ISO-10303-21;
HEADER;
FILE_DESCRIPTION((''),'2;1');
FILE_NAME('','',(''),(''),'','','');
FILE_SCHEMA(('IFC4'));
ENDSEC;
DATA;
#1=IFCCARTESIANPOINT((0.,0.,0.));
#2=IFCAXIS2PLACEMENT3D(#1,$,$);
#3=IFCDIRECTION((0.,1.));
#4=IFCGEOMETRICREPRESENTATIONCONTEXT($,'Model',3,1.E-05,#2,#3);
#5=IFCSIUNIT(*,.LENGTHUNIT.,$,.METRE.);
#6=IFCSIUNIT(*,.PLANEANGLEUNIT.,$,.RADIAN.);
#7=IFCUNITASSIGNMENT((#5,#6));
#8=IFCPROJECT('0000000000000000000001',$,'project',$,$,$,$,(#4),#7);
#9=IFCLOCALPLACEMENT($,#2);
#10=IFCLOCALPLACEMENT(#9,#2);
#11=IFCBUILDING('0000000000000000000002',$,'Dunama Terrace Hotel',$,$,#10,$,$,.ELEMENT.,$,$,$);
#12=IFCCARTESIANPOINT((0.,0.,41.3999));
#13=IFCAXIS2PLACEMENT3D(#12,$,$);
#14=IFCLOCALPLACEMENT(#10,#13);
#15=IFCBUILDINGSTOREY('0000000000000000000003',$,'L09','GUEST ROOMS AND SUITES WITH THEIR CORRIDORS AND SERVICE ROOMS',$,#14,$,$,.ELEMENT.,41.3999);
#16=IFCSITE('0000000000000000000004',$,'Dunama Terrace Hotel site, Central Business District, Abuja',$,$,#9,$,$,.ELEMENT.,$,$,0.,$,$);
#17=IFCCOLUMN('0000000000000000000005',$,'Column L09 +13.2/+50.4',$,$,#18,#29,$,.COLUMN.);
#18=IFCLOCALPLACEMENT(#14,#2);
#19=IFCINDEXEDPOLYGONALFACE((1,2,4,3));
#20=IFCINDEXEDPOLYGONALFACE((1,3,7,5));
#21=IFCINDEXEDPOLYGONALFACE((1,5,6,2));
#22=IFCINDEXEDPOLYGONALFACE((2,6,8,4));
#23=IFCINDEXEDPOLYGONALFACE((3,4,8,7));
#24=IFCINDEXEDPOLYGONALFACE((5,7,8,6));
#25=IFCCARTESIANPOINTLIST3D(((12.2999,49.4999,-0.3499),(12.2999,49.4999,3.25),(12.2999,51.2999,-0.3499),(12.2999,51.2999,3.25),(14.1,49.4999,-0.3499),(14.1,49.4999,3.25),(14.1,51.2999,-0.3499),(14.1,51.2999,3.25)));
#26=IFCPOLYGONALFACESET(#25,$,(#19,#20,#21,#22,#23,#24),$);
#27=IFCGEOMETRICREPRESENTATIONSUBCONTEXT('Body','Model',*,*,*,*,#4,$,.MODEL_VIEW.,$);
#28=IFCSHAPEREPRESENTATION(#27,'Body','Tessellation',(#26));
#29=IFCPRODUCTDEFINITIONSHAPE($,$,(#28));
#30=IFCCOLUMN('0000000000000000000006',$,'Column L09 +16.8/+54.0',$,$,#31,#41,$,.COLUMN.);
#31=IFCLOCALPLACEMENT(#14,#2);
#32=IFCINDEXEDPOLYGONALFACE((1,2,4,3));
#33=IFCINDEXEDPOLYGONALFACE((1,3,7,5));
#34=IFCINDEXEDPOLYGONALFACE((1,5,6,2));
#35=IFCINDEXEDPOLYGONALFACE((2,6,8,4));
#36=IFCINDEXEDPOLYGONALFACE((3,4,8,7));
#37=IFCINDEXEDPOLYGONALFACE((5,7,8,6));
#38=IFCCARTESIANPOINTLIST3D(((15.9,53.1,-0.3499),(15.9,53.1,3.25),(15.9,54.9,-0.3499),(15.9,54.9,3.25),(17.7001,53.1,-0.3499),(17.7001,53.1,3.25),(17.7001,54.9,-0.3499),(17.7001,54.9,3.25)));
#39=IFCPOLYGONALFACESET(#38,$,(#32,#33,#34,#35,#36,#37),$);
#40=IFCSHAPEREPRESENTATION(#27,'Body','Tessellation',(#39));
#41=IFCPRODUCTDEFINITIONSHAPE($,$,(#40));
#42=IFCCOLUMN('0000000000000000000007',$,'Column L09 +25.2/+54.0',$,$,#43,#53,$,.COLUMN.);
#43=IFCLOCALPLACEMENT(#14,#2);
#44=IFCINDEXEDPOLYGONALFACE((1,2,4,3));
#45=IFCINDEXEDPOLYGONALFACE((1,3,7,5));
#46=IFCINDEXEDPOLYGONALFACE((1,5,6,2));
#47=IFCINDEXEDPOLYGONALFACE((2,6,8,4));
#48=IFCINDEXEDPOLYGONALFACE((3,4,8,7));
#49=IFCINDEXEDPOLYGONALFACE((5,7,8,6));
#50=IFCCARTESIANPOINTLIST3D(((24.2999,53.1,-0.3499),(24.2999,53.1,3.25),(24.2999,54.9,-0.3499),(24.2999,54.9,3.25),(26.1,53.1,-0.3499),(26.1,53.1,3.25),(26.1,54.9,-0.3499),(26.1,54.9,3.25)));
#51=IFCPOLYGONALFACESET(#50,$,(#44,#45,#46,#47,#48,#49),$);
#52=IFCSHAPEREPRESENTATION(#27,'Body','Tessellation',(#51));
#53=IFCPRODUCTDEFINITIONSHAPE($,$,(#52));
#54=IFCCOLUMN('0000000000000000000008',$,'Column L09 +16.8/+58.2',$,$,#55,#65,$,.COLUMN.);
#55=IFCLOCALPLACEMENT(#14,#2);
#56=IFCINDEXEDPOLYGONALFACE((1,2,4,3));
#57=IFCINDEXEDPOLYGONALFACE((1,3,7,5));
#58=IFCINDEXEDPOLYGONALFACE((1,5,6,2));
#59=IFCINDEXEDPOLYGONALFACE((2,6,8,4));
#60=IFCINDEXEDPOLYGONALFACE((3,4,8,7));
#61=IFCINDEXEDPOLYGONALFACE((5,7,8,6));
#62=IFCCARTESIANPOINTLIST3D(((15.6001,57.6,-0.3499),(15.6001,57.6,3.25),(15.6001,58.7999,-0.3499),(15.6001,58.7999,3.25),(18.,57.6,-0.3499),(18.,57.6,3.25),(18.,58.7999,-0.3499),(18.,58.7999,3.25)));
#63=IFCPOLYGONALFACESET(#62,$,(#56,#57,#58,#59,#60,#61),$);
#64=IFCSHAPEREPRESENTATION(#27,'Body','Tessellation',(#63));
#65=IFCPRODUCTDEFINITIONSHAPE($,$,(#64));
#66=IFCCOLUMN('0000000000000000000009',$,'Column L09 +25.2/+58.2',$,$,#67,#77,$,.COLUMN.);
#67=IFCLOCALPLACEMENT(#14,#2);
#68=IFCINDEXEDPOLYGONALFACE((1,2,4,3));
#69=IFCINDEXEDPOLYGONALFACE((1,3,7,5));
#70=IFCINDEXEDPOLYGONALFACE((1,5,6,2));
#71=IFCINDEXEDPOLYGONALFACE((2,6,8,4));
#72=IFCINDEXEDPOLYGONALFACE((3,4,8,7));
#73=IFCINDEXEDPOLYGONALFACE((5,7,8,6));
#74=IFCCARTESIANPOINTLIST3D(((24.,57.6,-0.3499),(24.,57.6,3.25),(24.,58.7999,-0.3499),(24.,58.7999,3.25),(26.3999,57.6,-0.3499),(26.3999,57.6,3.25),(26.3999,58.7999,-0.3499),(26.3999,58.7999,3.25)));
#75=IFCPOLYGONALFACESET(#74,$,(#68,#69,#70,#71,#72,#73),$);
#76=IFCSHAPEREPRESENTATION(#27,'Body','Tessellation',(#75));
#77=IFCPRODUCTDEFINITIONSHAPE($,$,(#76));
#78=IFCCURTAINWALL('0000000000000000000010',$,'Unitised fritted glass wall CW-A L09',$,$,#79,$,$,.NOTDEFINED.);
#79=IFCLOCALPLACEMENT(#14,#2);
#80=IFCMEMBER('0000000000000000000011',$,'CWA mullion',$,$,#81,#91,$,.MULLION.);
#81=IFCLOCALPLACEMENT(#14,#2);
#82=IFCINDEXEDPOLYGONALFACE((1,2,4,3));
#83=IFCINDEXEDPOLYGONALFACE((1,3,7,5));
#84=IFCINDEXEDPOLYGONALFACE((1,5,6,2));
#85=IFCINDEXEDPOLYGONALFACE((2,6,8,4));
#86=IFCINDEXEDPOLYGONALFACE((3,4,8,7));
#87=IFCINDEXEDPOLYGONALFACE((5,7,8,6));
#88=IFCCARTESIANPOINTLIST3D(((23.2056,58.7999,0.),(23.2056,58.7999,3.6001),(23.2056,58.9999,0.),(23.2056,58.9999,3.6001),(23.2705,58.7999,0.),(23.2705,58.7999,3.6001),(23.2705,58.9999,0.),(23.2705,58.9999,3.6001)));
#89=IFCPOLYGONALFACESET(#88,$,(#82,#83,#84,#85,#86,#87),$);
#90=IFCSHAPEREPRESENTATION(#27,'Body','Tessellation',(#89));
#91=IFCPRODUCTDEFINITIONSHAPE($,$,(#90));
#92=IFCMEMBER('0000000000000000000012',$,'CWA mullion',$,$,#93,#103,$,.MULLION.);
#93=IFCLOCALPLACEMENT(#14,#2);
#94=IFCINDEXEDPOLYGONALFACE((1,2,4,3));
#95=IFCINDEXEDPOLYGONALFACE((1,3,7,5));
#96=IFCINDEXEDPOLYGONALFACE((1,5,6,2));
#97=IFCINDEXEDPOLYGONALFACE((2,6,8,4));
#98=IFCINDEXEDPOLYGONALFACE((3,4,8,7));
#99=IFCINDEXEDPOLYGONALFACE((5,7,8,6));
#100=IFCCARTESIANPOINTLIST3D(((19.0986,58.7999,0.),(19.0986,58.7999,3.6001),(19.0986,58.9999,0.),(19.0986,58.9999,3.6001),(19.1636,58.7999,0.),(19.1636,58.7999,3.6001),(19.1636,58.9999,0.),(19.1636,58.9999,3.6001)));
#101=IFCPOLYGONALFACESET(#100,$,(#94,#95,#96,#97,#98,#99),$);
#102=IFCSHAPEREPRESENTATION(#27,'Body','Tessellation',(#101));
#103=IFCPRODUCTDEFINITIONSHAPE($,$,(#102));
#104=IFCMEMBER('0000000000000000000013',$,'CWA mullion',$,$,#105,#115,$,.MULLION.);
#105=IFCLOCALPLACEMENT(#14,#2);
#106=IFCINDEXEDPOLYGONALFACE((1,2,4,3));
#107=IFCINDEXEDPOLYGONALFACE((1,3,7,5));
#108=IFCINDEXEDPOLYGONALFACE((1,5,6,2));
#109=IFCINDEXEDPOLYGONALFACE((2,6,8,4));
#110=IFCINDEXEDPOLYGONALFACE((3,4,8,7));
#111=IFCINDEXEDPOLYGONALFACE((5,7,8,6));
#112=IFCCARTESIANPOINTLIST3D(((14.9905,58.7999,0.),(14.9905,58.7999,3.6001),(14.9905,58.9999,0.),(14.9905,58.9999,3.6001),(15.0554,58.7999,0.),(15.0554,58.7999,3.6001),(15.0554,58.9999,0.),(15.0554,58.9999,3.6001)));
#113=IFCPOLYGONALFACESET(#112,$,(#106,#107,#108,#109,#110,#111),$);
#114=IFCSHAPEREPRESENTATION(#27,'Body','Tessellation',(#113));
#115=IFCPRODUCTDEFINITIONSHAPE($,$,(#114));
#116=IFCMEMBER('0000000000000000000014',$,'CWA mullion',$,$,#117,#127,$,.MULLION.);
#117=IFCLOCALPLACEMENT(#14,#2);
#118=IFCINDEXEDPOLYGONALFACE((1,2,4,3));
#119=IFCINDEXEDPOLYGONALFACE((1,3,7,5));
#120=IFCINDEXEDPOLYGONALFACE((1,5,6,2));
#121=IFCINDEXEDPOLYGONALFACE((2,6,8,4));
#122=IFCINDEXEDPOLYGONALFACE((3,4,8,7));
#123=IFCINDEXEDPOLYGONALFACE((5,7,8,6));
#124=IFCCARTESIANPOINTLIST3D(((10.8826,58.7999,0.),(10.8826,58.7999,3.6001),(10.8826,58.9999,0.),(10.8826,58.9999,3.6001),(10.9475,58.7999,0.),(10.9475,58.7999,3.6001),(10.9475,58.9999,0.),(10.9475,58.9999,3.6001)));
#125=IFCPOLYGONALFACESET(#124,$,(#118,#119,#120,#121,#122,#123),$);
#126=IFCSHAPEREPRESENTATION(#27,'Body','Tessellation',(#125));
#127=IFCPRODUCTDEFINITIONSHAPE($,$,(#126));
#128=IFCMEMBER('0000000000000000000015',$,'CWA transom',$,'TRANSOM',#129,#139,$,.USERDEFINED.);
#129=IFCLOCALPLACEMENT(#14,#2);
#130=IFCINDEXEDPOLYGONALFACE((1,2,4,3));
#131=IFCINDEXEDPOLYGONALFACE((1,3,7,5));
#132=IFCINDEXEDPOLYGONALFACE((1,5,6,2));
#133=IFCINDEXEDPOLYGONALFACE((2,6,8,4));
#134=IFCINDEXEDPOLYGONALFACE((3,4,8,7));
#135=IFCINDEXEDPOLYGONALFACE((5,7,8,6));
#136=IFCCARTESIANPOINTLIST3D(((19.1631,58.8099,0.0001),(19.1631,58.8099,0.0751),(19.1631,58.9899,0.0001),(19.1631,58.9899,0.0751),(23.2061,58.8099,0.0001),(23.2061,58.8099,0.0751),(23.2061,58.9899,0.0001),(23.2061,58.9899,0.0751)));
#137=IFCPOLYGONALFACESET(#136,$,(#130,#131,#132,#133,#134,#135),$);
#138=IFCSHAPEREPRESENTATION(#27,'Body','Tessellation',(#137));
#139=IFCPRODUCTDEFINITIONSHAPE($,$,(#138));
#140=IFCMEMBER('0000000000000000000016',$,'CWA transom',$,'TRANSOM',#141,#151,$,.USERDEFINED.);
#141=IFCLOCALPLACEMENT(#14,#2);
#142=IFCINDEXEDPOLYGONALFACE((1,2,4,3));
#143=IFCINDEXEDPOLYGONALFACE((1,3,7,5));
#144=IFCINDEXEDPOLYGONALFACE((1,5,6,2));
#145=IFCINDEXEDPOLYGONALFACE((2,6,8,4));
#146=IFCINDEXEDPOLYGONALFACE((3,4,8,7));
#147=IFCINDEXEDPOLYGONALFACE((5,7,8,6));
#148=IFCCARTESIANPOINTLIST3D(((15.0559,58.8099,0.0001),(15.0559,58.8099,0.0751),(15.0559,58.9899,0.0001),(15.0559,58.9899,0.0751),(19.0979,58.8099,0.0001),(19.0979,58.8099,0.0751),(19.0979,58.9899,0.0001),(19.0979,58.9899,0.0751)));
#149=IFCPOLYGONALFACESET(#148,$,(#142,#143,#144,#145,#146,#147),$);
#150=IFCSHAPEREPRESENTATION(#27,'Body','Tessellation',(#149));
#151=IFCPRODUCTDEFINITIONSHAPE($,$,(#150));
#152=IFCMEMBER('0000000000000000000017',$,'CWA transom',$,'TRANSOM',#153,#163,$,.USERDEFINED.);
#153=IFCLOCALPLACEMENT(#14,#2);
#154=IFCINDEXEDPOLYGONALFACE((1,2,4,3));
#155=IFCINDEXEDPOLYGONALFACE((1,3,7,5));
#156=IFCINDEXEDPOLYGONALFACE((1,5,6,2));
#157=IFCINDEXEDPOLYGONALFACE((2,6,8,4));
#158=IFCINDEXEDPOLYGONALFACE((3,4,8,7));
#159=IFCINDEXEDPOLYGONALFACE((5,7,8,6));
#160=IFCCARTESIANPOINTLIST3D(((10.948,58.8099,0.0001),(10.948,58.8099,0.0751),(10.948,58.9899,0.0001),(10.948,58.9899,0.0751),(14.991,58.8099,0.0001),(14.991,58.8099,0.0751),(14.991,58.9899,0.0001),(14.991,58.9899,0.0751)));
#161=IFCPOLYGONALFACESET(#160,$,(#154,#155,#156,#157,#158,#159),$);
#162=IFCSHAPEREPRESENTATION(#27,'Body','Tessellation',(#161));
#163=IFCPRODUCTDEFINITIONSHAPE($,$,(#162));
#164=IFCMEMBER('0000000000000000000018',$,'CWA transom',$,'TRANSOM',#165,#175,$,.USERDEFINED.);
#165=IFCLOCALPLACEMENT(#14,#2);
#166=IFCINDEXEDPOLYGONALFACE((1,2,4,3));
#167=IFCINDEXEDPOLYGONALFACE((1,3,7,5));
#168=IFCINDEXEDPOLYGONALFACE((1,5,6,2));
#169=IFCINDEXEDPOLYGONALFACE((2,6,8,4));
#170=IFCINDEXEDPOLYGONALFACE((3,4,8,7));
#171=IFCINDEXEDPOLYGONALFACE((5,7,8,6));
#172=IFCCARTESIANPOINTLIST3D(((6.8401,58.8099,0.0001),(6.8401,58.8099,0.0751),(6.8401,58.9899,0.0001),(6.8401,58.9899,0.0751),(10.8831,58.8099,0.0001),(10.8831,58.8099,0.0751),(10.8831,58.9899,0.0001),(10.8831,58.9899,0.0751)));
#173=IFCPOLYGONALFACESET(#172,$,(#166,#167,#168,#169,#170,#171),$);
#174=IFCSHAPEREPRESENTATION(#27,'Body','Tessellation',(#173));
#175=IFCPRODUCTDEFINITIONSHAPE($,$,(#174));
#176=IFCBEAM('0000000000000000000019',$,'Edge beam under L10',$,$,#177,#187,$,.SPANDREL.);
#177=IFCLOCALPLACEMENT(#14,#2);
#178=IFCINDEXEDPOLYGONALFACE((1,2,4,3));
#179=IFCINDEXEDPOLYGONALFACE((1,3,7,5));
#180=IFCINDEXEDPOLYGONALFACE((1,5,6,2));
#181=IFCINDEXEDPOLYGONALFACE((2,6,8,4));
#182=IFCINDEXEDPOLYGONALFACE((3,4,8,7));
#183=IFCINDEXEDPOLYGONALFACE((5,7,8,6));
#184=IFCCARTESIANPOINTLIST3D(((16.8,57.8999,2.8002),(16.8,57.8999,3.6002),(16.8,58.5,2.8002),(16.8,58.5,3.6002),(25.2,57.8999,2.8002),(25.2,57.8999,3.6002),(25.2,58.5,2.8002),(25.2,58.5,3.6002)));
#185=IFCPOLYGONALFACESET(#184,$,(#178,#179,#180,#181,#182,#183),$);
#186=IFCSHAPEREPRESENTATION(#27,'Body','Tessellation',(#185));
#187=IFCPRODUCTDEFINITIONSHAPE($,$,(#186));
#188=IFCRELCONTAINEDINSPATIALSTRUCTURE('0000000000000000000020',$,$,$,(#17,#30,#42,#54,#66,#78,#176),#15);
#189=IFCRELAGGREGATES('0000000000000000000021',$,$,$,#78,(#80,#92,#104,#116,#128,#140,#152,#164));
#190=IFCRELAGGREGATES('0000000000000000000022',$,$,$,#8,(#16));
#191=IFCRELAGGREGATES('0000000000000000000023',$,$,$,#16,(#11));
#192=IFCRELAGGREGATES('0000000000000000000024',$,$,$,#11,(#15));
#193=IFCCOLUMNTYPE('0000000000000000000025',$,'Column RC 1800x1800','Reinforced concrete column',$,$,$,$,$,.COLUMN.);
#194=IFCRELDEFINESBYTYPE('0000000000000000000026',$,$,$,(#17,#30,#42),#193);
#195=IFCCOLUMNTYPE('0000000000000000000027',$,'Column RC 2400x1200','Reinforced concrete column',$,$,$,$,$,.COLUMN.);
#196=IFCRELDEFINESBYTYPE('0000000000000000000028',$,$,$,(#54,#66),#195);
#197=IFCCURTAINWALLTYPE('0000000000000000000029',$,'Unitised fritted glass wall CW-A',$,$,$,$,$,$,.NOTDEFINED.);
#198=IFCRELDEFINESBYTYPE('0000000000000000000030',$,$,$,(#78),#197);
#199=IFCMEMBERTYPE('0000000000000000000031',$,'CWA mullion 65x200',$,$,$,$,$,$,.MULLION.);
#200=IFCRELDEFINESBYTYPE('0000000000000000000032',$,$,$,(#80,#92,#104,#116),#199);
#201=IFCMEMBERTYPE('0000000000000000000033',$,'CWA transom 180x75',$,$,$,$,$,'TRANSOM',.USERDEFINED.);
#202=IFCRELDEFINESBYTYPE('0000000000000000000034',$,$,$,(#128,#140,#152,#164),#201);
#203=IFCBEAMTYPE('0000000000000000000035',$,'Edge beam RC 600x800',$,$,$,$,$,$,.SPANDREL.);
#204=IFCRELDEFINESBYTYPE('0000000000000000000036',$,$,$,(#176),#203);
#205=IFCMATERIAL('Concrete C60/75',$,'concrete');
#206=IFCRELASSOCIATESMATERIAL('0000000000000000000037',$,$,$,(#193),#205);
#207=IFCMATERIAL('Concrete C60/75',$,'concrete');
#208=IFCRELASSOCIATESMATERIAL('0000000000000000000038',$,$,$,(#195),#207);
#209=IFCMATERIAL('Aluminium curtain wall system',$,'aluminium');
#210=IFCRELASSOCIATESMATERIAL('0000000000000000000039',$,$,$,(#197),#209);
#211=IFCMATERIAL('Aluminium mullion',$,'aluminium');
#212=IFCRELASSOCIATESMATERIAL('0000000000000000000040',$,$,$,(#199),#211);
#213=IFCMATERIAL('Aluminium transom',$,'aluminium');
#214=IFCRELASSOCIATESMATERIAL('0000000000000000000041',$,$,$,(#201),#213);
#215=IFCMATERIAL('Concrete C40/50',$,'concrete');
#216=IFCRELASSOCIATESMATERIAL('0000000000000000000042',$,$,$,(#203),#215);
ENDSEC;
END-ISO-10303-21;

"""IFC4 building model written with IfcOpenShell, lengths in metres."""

from ifc_helpers import new_model, si_unit, direction, frame, origin, origin_2d, place, context, subcontext, project, spatial, rectangle, extrude, material, material_profile, profile_set, type_object, element, aggregate, save


model = new_model("IFC4")

# Units and contexts
model_context = context("Model", 3, precision=1e-05, world=origin(), true_north=direction((0.0, 1.0)))
body_context = subcontext(model_context, "Body", "Model", "MODEL_VIEW")
ifc_project = project(units=[si_unit("LENGTHUNIT", "METRE"), si_unit("PLANEANGLEUNIT", "RADIAN")], contexts=[model_context])

# Site, building, storey
site_placement = place(None, origin())
site = spatial("IfcSite", under=ifc_project, at=site_placement, Name="Dunama Terrace Hotel site, Central Business District, Abuja", CompositionType="ELEMENT", RefElevation=0.0)
building_placement = place(site_placement, origin())
building = spatial("IfcBuilding", under=site, at=building_placement, Name="Dunama Terrace Hotel", CompositionType="ELEMENT")
storey_placement = place(building_placement, frame((0.0, 0.0, 41.3999)))
storey = spatial("IfcBuildingStorey", under=building, at=storey_placement, Name="L09", Description="GUEST ROOMS AND SUITES WITH THEIR CORRIDORS AND SERVICE ROOMS", CompositionType="ELEMENT", Elevation=41.3999)

# Columns
ifc_material_1 = material(Name="Concrete C60/75", Category="concrete")
ifc_material_profile_1 = material_profile(ifc_material_1, rectangle(XDim=1.8, YDim=1.8, at=origin_2d()), Name="RC 1800x1800")
ifc_profile_set_1 = profile_set([ifc_material_profile_1], Name="Concrete C60/75")
column_type_1 = type_object("IfcColumnType", Name="Column RC 1800x1800", Description="Reinforced concrete column", PredefinedType="COLUMN", material=ifc_profile_set_1)
for number, where, z_axis, x_axis, name in (
    (1, (13.2, 50.3999, -0.3499), (0.0, 0.0, 1.0), (1.0, 0.0, 0.0), "Column L09 +13.2/+50.4"),
    (2, (16.8, 54.0, -0.3499), (0.0, 0.0, 1.0), (1.0, 0.0, 0.0), "Column L09 +16.8/+54.0"),
    (3, (25.2, 54.0, -0.3499), (0.0, 0.0, 1.0), (1.0, 0.0, 0.0), "Column L09 +25.2/+54.0"),
):
    element("IfcColumn", number, at=place(storey_placement, frame(where, z_axis=z_axis, x_axis=x_axis)), inside=storey, type_object=column_type_1, Name=name, PredefinedType="COLUMN", context=body_context, shape_type="SweptSolid", body=[
        extrude(rectangle(XDim=1.8, YDim=1.8, at=origin_2d()), origin(), (0.0, 0.0, 1.0), 3.5999),
    ])
ifc_material_2 = material(Name="Concrete C60/75", Category="concrete")
ifc_material_profile_2 = material_profile(ifc_material_2, rectangle(XDim=2.3999, YDim=1.2, at=origin_2d()), Name="RC 2400x1200")
ifc_profile_set_2 = profile_set([ifc_material_profile_2], Name="Concrete C60/75")
column_type_2 = type_object("IfcColumnType", Name="Column RC 2400x1200", Description="Reinforced concrete column", PredefinedType="COLUMN", material=ifc_profile_set_2)
for number, where, z_axis, x_axis, name in (
    (4, (16.8, 58.2, -0.3499), (0.0, 0.0, 1.0), (1.0, 0.0, 0.0), "Column L09 +16.8/+58.2"),
    (5, (25.2, 58.2, -0.3499), (0.0, 0.0, 1.0), (1.0, 0.0, 0.0), "Column L09 +25.2/+58.2"),
):
    element("IfcColumn", number, at=place(storey_placement, frame(where, z_axis=z_axis, x_axis=x_axis)), inside=storey, type_object=column_type_2, Name=name, PredefinedType="COLUMN", context=body_context, shape_type="SweptSolid", body=[
        extrude(rectangle(XDim=2.3999, YDim=1.2, at=origin_2d()), origin(), (0.0, 0.0, 1.0), 3.5999),
    ])

# Curtain wall, members
ifc_material_3 = material(Name="Aluminium curtain wall system", Category="aluminium")
curtain_wall_type = type_object("IfcCurtainWallType", Name="Unitised fritted glass wall CW-A", PredefinedType="NOTDEFINED", material=ifc_material_3)
curtain_wall_placement = place(storey_placement, origin())
curtain_wall = element("IfcCurtainWall", 6, at=curtain_wall_placement, inside=storey, type_object=curtain_wall_type, Name="Unitised fritted glass wall CW-A L09", PredefinedType="NOTDEFINED")
ifc_material_4 = material(Name="Aluminium mullion", Category="aluminium")
ifc_material_profile_3 = material_profile(ifc_material_4, rectangle(XDim=0.0649, YDim=0.2, at=origin_2d()), Name="CWA MULLION 65X200")
ifc_profile_set_3 = profile_set([ifc_material_profile_3], Name="Aluminium mullion")
member_type_1 = type_object("IfcMemberType", Name="CWA mullion 65x200", PredefinedType="MULLION", material=ifc_profile_set_3)
member_1_placement = place(storey_placement, frame((23.238, 58.8999, 0.0), z_axis=(0.0, 0.0, 1.0), x_axis=(-1.0, 0.0, 0.0)))
member_1 = element("IfcMember", 7, at=member_1_placement, type_object=member_type_1, Name="CWA mullion", PredefinedType="MULLION", context=body_context, shape_type="SweptSolid", body=[
    extrude(rectangle(XDim=0.0649, YDim=0.2, at=origin_2d()), origin(), (0.0, 0.0, 1.0), 3.6001),
])
member_2_placement = place(storey_placement, frame((19.1311, 58.8999, 0.0), z_axis=(0.0, 0.0, 1.0), x_axis=(-1.0, 0.0, 0.0)))
member_2 = element("IfcMember", 8, at=member_2_placement, type_object=member_type_1, Name="CWA mullion", PredefinedType="MULLION", context=body_context, shape_type="SweptSolid", body=[
    extrude(rectangle(XDim=0.0649, YDim=0.2, at=origin_2d()), origin(), (0.0, 0.0, 1.0), 3.6001),
])
member_3_placement = place(storey_placement, frame((15.0229, 58.8999, 0.0), z_axis=(0.0, 0.0, 1.0), x_axis=(-1.0, 0.0, 0.0)))
member_3 = element("IfcMember", 9, at=member_3_placement, type_object=member_type_1, Name="CWA mullion", PredefinedType="MULLION", context=body_context, shape_type="SweptSolid", body=[
    extrude(rectangle(XDim=0.0649, YDim=0.2, at=origin_2d()), origin(), (0.0, 0.0, 1.0), 3.6001),
])
member_4_placement = place(storey_placement, frame((10.915, 58.8999, 0.0), z_axis=(0.0, 0.0, 1.0), x_axis=(-1.0, 0.0, 0.0)))
member_4 = element("IfcMember", 10, at=member_4_placement, type_object=member_type_1, Name="CWA mullion", PredefinedType="MULLION", context=body_context, shape_type="SweptSolid", body=[
    extrude(rectangle(XDim=0.0649, YDim=0.2, at=origin_2d()), origin(), (0.0, 0.0, 1.0), 3.6001),
])
ifc_material_5 = material(Name="Aluminium transom", Category="aluminium")
ifc_material_profile_4 = material_profile(ifc_material_5, rectangle(XDim=0.1799, YDim=0.075, at=origin_2d()), Name="CWA TRANSOM 180X75")
ifc_profile_set_4 = profile_set([ifc_material_profile_4], Name="Aluminium transom")
member_type_2 = type_object("IfcMemberType", Name="CWA transom 180x75", ElementType="TRANSOM", PredefinedType="USERDEFINED", material=ifc_profile_set_4)
member_5_placement = place(storey_placement, frame((23.2061, 58.8999, 0.0376), z_axis=(-1.0, 0.0, 0.0), x_axis=(0.0, -1.0, 0.0)))
member_5 = element("IfcMember", 11, at=member_5_placement, type_object=member_type_2, Name="CWA transom", ObjectType="TRANSOM", PredefinedType="USERDEFINED", context=body_context, shape_type="SweptSolid", body=[
    extrude(rectangle(XDim=0.1799, YDim=0.075, at=origin_2d()), origin(), (0.0, 0.0, 1.0), 4.043),
])
member_6_placement = place(storey_placement, frame((19.0979, 58.8999, 0.0376), z_axis=(-1.0, 0.0, 0.0), x_axis=(0.0, -1.0, 0.0)))
member_6 = element("IfcMember", 12, at=member_6_placement, type_object=member_type_2, Name="CWA transom", ObjectType="TRANSOM", PredefinedType="USERDEFINED", context=body_context, shape_type="SweptSolid", body=[
    extrude(rectangle(XDim=0.1799, YDim=0.075, at=origin_2d()), origin(), (0.0, 0.0, 1.0), 4.042),
])
member_7_placement = place(storey_placement, frame((14.991, 58.8999, 0.0376), z_axis=(-1.0, 0.0, 0.0), x_axis=(0.0, -1.0, 0.0)))
member_7 = element("IfcMember", 13, at=member_7_placement, type_object=member_type_2, Name="CWA transom", ObjectType="TRANSOM", PredefinedType="USERDEFINED", context=body_context, shape_type="SweptSolid", body=[
    extrude(rectangle(XDim=0.1799, YDim=0.075, at=origin_2d()), origin(), (0.0, 0.0, 1.0), 4.043),
])
member_8_placement = place(storey_placement, frame((10.8831, 58.8999, 0.0376), z_axis=(-1.0, 0.0, 0.0), x_axis=(0.0, -1.0, 0.0)))
member_8 = element("IfcMember", 14, at=member_8_placement, type_object=member_type_2, Name="CWA transom", ObjectType="TRANSOM", PredefinedType="USERDEFINED", context=body_context, shape_type="SweptSolid", body=[
    extrude(rectangle(XDim=0.1799, YDim=0.075, at=origin_2d()), origin(), (0.0, 0.0, 1.0), 4.043),
])

# Beam
ifc_material_6 = material(Name="Concrete C40/50", Category="concrete")
ifc_material_profile_5 = material_profile(ifc_material_6, rectangle(XDim=0.6001, YDim=0.8, at=origin_2d()), Name="RC 600x800")
ifc_profile_set_5 = profile_set([ifc_material_profile_5], Name="Concrete C40/50")
beam_type = type_object("IfcBeamType", Name="Edge beam RC 600x800", PredefinedType="SPANDREL", material=ifc_profile_set_5)
beam_1_placement = place(storey_placement, frame((16.8, 58.2, 3.2002), z_axis=(1.0, 0.0, 0.0), x_axis=(0.0, 1.0, 0.0)))
element("IfcBeam", 15, at=beam_1_placement, inside=storey, type_object=beam_type, Name="Edge beam under L10", PredefinedType="SPANDREL", context=body_context, shape_type="SweptSolid", body=[
    extrude(rectangle(XDim=0.6001, YDim=0.8, at=origin_2d()), origin(), (0.0, 0.0, 1.0), 8.3999),
])

aggregate(curtain_wall, [member_1, member_2, member_3, member_4, member_5, member_6, member_7, member_8])

save(model, "model.ifc")
